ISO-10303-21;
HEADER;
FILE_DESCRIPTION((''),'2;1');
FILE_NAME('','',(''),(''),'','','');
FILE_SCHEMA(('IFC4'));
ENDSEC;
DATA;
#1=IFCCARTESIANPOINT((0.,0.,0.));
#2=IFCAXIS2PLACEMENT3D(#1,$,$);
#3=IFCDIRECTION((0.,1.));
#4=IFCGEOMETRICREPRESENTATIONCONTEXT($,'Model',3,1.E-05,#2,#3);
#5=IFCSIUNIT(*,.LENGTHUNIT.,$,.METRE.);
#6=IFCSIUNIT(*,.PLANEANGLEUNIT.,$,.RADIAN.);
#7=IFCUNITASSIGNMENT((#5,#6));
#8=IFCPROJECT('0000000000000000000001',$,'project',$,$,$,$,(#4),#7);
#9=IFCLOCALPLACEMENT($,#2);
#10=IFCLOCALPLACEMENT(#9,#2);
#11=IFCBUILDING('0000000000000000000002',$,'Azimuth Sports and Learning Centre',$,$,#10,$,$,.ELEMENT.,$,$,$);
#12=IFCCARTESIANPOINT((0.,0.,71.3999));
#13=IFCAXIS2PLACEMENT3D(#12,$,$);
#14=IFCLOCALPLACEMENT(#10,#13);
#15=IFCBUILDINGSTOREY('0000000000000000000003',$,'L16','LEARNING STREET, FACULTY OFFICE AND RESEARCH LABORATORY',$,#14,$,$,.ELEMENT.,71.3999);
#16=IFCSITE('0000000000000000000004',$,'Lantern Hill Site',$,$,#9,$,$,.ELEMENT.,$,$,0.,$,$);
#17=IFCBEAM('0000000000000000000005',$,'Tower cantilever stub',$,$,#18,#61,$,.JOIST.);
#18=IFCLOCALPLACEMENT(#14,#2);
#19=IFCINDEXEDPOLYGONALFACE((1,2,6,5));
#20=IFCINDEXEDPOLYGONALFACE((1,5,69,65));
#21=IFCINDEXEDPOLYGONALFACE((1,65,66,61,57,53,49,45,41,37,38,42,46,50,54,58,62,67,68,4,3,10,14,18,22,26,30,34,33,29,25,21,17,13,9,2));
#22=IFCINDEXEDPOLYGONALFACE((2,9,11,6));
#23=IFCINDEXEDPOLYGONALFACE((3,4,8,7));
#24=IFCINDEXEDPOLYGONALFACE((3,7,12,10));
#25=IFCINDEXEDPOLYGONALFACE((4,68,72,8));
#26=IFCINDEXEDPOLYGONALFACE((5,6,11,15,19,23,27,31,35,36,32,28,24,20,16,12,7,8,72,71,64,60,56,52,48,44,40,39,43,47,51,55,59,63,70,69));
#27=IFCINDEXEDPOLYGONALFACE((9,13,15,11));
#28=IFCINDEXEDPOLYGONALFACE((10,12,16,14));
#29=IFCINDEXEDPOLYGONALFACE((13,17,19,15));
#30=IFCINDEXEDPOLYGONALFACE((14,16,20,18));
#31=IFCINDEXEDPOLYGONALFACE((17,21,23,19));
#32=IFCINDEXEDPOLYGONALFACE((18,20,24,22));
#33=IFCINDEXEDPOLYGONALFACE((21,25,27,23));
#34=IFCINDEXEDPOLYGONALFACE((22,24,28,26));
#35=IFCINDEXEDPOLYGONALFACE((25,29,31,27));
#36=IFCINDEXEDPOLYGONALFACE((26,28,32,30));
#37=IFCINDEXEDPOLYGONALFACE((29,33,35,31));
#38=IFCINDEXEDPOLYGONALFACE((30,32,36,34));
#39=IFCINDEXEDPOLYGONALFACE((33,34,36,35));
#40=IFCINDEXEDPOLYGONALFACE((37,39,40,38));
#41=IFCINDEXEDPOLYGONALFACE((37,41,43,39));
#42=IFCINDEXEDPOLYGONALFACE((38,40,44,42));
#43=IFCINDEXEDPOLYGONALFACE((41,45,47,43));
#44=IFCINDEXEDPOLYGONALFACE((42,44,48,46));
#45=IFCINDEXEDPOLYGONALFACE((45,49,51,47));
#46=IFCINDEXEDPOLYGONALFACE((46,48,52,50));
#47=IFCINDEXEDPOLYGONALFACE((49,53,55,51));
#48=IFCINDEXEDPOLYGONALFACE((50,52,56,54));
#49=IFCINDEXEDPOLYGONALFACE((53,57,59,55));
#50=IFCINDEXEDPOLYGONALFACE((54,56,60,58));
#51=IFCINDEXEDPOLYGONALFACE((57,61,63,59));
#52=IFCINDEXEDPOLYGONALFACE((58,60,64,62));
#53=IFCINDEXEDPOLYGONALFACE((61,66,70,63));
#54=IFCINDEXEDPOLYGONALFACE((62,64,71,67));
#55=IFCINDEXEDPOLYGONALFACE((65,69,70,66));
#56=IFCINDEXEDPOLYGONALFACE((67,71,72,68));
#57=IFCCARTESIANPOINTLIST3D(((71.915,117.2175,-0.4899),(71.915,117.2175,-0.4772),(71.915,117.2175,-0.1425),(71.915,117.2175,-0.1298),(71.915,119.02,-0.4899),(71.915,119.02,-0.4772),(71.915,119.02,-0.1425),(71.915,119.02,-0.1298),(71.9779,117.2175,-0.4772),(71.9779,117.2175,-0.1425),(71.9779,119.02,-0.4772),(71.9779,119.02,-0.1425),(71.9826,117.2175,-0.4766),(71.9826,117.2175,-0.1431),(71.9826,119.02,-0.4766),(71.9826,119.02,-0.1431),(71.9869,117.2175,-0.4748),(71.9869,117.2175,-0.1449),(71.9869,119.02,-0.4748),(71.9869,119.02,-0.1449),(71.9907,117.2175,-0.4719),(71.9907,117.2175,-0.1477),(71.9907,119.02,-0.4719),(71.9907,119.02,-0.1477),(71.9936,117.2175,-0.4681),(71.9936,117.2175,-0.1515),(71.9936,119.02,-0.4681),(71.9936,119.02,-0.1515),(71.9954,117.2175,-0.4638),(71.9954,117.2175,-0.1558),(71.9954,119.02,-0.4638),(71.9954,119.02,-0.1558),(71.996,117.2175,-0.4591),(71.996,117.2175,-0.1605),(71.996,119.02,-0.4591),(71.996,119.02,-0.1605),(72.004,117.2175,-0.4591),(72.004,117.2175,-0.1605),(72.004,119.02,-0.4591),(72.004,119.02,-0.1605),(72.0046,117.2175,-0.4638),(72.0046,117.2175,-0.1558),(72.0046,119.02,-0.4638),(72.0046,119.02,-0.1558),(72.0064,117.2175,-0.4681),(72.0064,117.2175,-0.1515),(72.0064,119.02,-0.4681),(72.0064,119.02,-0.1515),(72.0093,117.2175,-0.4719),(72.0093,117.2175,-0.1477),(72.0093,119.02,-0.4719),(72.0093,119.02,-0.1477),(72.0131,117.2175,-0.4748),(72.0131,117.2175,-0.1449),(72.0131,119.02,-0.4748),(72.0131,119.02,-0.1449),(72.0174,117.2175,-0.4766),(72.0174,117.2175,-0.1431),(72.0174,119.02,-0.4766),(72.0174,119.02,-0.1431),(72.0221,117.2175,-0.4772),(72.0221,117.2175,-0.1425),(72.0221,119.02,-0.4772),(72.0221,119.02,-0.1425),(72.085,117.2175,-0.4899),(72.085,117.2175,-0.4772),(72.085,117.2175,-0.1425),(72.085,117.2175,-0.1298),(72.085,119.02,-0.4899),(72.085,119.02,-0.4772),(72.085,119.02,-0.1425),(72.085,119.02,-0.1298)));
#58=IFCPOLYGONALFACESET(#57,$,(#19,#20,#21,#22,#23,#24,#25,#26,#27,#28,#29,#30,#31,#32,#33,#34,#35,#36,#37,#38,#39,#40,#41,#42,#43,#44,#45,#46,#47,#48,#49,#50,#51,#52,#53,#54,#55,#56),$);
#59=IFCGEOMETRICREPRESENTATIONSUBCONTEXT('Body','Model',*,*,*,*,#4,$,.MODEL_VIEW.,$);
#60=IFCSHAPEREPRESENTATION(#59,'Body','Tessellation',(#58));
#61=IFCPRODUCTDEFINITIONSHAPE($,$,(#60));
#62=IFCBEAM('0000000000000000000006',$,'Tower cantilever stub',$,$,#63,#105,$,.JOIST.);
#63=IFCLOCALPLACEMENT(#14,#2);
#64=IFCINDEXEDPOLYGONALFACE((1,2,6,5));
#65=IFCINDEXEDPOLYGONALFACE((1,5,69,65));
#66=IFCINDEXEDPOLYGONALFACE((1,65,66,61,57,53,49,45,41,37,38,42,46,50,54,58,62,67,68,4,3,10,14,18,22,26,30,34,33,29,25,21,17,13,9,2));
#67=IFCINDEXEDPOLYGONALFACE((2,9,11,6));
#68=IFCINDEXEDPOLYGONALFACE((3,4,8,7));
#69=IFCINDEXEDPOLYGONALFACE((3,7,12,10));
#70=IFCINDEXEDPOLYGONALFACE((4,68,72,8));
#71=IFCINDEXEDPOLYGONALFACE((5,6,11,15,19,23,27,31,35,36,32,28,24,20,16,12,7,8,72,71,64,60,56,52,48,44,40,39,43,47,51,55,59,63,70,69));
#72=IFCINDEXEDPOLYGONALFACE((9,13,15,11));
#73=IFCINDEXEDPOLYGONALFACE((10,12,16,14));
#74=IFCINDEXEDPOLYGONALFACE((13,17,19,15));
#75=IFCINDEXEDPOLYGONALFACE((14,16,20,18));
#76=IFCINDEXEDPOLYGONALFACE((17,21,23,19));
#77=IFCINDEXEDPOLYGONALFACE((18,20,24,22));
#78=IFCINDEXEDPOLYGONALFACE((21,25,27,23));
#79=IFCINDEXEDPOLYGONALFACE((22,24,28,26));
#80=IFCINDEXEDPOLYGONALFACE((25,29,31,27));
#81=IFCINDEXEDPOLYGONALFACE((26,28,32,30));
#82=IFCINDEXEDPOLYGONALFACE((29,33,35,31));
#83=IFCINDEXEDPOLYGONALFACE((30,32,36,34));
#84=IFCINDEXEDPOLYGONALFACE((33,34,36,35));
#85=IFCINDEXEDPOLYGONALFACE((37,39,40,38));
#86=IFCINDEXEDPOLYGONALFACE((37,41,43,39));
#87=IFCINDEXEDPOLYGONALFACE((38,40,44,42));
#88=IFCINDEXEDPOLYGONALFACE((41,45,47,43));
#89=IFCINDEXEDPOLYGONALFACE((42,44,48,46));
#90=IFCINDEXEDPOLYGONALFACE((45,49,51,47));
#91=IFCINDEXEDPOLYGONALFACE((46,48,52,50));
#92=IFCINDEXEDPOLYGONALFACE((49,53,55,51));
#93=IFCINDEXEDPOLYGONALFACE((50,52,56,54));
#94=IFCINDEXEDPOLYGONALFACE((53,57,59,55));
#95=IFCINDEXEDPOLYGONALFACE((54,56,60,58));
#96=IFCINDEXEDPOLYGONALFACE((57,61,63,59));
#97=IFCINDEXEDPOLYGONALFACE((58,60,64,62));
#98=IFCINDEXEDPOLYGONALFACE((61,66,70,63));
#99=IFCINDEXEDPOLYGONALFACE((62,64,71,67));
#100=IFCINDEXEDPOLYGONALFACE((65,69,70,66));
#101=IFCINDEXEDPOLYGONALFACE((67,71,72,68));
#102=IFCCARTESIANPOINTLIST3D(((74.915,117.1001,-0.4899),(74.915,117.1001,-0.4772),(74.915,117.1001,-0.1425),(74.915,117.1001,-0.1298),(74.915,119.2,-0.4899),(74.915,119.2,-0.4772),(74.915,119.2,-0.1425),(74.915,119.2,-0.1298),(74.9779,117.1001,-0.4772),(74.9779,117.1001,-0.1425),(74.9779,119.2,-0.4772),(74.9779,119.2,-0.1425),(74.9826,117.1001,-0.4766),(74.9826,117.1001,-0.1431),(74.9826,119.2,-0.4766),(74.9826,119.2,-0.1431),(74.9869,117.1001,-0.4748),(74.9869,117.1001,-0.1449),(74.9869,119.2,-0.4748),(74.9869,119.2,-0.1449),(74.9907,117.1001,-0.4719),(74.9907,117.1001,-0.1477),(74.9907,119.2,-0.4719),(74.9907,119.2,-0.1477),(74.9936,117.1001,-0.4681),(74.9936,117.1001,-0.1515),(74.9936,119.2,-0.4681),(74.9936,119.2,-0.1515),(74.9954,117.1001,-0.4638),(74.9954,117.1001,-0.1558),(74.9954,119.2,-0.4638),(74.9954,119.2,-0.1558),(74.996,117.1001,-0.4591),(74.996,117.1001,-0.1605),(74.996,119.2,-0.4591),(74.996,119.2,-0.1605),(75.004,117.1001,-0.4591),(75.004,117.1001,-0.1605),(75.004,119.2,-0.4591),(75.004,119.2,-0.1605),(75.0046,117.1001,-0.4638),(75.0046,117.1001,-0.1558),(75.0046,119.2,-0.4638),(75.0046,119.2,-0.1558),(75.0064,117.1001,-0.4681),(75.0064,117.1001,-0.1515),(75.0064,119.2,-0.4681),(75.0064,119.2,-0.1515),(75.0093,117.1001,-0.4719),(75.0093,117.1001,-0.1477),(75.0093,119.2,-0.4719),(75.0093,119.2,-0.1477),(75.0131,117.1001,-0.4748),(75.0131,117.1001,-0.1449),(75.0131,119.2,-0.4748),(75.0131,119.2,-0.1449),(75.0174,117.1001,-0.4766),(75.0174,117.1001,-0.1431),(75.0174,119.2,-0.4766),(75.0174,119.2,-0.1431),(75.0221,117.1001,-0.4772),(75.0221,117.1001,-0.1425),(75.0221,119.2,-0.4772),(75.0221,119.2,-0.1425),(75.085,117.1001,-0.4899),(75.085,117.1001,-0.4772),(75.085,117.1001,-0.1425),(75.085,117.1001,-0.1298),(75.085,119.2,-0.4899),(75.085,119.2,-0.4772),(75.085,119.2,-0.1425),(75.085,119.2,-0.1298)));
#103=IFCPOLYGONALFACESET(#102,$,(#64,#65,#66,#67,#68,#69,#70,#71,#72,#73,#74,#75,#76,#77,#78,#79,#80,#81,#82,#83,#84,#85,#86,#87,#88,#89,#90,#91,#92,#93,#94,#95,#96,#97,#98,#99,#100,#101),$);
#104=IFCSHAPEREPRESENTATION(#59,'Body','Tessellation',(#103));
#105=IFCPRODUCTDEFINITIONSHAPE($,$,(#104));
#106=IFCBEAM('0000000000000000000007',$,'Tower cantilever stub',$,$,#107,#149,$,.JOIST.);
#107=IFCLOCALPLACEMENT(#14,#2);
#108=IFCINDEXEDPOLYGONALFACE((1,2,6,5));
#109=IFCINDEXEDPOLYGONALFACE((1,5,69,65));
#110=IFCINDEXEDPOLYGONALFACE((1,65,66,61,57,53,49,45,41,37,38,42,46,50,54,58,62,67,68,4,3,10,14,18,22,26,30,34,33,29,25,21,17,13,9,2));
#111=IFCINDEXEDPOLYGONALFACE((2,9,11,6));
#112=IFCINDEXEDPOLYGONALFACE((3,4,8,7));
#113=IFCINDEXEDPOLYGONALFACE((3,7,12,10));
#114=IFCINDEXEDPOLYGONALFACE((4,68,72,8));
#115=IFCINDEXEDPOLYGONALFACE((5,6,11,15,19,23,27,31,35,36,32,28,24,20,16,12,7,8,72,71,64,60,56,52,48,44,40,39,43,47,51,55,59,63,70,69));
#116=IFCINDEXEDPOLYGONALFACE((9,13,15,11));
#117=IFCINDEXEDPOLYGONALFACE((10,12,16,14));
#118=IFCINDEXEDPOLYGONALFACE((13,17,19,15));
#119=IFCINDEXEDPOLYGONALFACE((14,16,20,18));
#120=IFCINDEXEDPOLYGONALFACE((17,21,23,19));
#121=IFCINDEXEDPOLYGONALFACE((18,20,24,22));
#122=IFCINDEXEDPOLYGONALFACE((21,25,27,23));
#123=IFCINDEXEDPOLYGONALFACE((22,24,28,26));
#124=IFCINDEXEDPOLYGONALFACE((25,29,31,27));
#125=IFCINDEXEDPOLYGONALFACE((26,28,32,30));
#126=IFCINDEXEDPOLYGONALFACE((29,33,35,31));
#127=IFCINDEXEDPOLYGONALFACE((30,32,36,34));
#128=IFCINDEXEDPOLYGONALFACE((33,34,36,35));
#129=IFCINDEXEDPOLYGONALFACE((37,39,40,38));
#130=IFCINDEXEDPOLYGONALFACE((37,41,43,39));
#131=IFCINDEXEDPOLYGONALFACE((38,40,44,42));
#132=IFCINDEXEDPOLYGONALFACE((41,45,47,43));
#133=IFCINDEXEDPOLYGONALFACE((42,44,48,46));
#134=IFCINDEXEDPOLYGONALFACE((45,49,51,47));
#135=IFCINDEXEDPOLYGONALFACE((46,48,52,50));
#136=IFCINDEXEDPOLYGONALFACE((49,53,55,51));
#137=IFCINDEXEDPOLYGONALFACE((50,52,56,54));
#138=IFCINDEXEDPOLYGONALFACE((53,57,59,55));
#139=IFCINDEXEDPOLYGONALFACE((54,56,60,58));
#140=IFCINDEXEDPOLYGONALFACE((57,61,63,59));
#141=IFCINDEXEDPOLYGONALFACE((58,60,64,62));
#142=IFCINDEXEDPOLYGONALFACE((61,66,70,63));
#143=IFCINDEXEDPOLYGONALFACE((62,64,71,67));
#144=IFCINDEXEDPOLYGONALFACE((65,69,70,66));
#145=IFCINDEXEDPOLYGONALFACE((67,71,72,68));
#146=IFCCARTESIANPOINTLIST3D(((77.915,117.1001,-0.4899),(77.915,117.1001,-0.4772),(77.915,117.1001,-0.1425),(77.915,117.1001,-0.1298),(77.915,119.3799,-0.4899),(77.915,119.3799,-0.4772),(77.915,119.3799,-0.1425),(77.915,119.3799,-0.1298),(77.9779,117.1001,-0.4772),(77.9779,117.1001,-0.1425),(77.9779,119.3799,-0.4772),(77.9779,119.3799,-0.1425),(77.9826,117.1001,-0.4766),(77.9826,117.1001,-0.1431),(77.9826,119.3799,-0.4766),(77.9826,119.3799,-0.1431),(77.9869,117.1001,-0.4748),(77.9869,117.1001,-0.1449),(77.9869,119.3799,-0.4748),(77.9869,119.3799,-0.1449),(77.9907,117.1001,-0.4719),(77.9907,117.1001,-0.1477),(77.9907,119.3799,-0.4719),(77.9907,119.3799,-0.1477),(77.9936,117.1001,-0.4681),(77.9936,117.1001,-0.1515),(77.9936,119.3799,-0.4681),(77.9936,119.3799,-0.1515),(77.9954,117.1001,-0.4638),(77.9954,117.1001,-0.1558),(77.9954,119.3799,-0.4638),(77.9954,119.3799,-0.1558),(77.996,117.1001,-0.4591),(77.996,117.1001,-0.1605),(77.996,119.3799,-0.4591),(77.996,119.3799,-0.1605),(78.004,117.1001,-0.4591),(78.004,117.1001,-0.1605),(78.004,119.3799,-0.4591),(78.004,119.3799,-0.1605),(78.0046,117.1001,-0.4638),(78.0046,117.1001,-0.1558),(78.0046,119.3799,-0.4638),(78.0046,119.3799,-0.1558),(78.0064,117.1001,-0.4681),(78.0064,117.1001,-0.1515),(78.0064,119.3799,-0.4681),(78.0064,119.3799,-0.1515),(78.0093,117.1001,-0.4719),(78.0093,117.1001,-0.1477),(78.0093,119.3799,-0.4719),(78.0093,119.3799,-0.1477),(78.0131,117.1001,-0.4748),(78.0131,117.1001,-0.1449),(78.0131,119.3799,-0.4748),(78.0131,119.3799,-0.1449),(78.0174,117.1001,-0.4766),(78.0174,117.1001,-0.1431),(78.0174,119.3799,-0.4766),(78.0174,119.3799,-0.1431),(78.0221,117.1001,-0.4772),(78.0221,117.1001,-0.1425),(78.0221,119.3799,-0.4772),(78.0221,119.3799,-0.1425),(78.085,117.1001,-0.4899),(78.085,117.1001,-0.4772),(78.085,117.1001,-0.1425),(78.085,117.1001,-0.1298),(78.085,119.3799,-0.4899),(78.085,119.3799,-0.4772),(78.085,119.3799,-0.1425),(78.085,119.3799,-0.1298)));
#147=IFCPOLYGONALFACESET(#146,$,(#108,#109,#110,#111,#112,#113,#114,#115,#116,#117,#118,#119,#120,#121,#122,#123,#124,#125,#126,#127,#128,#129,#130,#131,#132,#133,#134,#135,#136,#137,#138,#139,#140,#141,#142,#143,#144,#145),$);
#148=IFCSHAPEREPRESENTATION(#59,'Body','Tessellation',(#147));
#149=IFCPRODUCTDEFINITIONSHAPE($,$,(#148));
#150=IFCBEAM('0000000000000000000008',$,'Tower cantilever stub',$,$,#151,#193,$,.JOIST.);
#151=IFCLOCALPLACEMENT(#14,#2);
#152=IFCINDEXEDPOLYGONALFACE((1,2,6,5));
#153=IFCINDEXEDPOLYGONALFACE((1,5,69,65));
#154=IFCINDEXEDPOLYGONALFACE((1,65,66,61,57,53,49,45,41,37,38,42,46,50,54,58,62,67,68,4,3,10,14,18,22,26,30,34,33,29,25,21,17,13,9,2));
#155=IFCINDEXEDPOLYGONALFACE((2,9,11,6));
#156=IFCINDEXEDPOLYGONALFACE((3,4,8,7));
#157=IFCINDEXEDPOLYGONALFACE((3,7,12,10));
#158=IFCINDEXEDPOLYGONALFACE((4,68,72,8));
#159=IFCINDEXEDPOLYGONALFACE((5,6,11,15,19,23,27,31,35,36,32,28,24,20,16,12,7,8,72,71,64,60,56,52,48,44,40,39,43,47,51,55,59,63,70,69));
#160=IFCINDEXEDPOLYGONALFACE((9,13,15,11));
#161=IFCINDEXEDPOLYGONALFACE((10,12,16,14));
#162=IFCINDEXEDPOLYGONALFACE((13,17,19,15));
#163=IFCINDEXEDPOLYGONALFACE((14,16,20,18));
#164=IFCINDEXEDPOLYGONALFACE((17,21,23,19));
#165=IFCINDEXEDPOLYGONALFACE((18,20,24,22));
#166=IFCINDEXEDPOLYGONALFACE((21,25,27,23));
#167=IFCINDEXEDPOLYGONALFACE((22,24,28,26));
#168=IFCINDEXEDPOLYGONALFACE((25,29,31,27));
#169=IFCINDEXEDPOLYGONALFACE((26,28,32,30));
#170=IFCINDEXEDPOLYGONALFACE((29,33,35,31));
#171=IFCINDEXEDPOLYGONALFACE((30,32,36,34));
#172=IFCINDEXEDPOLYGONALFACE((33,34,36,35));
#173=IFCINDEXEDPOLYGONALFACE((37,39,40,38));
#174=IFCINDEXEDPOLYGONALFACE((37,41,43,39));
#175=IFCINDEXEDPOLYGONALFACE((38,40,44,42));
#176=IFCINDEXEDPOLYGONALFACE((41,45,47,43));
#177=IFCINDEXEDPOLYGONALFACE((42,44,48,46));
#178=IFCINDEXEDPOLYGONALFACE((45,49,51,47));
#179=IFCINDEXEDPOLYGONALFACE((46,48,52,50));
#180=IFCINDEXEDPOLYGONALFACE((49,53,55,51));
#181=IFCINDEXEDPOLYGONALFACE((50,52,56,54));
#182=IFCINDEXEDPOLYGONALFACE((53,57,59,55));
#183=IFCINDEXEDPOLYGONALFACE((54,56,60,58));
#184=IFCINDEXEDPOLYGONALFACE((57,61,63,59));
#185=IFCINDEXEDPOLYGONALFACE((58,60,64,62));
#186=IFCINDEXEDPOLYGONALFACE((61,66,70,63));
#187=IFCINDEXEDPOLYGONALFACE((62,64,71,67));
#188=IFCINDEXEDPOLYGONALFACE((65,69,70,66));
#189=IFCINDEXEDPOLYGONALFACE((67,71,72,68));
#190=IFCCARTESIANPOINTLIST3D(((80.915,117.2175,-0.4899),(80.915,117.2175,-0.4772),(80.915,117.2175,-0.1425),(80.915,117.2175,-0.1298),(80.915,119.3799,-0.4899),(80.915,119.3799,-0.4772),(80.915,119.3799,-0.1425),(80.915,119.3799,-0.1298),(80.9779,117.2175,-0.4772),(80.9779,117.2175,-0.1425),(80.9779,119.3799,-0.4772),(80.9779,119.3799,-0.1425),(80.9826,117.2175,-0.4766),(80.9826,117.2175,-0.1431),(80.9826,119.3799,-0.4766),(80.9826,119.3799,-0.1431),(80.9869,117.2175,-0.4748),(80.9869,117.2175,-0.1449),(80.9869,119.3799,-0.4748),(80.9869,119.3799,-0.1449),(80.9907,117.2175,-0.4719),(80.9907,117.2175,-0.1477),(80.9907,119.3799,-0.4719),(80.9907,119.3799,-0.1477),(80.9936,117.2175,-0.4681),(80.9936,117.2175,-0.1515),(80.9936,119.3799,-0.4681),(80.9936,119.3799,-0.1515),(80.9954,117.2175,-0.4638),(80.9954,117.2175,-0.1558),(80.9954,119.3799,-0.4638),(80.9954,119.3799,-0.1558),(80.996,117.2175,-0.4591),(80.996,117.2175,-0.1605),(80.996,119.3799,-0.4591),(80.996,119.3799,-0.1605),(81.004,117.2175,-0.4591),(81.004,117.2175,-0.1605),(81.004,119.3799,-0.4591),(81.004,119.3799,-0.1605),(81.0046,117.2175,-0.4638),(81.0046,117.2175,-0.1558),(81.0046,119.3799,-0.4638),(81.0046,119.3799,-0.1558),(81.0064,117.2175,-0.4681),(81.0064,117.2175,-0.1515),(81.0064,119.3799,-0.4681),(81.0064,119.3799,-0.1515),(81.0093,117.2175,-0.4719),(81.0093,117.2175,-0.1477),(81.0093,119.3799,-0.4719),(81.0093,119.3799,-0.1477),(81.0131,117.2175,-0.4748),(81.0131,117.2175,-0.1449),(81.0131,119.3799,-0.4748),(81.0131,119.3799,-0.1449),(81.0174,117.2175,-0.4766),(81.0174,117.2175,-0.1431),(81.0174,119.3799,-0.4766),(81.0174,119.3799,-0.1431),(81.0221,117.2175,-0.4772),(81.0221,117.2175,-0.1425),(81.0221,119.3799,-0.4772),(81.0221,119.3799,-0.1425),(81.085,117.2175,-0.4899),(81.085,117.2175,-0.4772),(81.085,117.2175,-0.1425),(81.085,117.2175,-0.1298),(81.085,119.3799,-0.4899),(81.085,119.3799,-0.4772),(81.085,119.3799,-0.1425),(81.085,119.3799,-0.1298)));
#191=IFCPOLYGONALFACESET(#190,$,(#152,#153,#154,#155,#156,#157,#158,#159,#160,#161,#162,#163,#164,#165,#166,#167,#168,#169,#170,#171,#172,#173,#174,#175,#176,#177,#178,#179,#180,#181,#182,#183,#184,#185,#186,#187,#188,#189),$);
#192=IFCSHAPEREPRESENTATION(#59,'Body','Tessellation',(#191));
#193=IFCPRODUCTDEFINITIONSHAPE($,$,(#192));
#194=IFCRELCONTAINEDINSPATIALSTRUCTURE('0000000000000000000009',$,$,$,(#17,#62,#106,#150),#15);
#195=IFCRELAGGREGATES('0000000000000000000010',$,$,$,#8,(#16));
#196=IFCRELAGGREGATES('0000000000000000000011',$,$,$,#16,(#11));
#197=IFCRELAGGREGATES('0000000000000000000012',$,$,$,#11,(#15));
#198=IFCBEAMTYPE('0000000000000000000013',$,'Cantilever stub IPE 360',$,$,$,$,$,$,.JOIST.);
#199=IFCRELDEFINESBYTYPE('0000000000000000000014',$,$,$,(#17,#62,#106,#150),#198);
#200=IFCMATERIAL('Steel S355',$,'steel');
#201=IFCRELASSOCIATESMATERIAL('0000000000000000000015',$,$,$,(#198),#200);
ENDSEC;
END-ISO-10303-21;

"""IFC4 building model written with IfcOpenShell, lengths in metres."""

from ifc_helpers import new_model, si_unit, direction, frame, origin, origin_2d, place, context, subcontext, project, spatial, i_section, extrude, material, material_profile, profile_set, type_object, element, save


model = new_model("IFC4")

# Units and contexts
model_context = context("Model", 3, precision=1e-05, world=origin(), true_north=direction((0.0, 1.0)))
body_context = subcontext(model_context, "Body", "Model", "MODEL_VIEW")
ifc_project = project(units=[si_unit("LENGTHUNIT", "METRE"), si_unit("PLANEANGLEUNIT", "RADIAN")], contexts=[model_context])

# Site, building, storey
site_placement = place(None, origin())
site = spatial("IfcSite", under=ifc_project, at=site_placement, Name="Lantern Hill Site", CompositionType="ELEMENT", RefElevation=0.0)
building_placement = place(site_placement, origin())
building = spatial("IfcBuilding", under=site, at=building_placement, Name="Azimuth Sports and Learning Centre", CompositionType="ELEMENT")
storey_placement = place(building_placement, frame((0.0, 0.0, 71.3999)))
storey = spatial("IfcBuildingStorey", under=building, at=storey_placement, Name="L16", Description="LEARNING STREET, FACULTY OFFICE AND RESEARCH LABORATORY", CompositionType="ELEMENT", Elevation=71.3999)

# Beams
ifc_material_1 = material(Name="Steel S355", Category="steel")
ifc_material_profile_1 = material_profile(ifc_material_1, i_section(OverallWidth=0.1699, OverallDepth=0.3601, WebThickness=0.0081, FlangeThickness=0.0127, FilletRadius=0.0181, at=origin_2d()), Name="IPE 360")
ifc_profile_set_1 = profile_set([ifc_material_profile_1], Name="Steel S355")
beam_type_1 = type_object("IfcBeamType", Name="Cantilever stub IPE 360", PredefinedType="JOIST", material=ifc_profile_set_1)
beam_1_placement = place(storey_placement, frame((72.0, 117.2175, -0.3098), z_axis=(0.0, 1.0, 0.0), x_axis=(-1.0, 0.0, 0.0)))
element("IfcBeam", 1, at=beam_1_placement, inside=storey, type_object=beam_type_1, Name="Tower cantilever stub", PredefinedType="JOIST", context=body_context, shape_type="SweptSolid", body=[
    extrude(i_section(OverallWidth=0.1699, OverallDepth=0.3601, WebThickness=0.0081, FlangeThickness=0.0127, FilletRadius=0.0181, at=origin_2d()), origin(), (0.0, 0.0, 1.0), 1.8025),
])
beam_2_placement = place(storey_placement, frame((75.0, 117.1001, -0.3098), z_axis=(0.0, 1.0, 0.0), x_axis=(-1.0, 0.0, 0.0)))
element("IfcBeam", 2, at=beam_2_placement, inside=storey, type_object=beam_type_1, Name="Tower cantilever stub", PredefinedType="JOIST", context=body_context, shape_type="SweptSolid", body=[
    extrude(i_section(OverallWidth=0.1699, OverallDepth=0.3601, WebThickness=0.0081, FlangeThickness=0.0127, FilletRadius=0.0181, at=origin_2d()), origin(), (0.0, 0.0, 1.0), 2.0999),
])
beam_3_placement = place(storey_placement, frame((78.0, 117.1001, -0.3098), z_axis=(0.0, 1.0, 0.0), x_axis=(-1.0, 0.0, 0.0)))
element("IfcBeam", 3, at=beam_3_placement, inside=storey, type_object=beam_type_1, Name="Tower cantilever stub", PredefinedType="JOIST", context=body_context, shape_type="SweptSolid", body=[
    extrude(i_section(OverallWidth=0.1699, OverallDepth=0.3601, WebThickness=0.0081, FlangeThickness=0.0127, FilletRadius=0.0181, at=origin_2d()), origin(), (0.0, 0.0, 1.0), 2.2798),
])
beam_4_placement = place(storey_placement, frame((81.0, 117.2175, -0.3098), z_axis=(0.0, 1.0, 0.0), x_axis=(-1.0, 0.0, 0.0)))
element("IfcBeam", 4, at=beam_4_placement, inside=storey, type_object=beam_type_1, Name="Tower cantilever stub", PredefinedType="JOIST", context=body_context, shape_type="SweptSolid", body=[
    extrude(i_section(OverallWidth=0.1699, OverallDepth=0.3601, WebThickness=0.0081, FlangeThickness=0.0127, FilletRadius=0.0181, at=origin_2d()), origin(), (0.0, 0.0, 1.0), 2.1624),
])

save(model, "model.ifc")
